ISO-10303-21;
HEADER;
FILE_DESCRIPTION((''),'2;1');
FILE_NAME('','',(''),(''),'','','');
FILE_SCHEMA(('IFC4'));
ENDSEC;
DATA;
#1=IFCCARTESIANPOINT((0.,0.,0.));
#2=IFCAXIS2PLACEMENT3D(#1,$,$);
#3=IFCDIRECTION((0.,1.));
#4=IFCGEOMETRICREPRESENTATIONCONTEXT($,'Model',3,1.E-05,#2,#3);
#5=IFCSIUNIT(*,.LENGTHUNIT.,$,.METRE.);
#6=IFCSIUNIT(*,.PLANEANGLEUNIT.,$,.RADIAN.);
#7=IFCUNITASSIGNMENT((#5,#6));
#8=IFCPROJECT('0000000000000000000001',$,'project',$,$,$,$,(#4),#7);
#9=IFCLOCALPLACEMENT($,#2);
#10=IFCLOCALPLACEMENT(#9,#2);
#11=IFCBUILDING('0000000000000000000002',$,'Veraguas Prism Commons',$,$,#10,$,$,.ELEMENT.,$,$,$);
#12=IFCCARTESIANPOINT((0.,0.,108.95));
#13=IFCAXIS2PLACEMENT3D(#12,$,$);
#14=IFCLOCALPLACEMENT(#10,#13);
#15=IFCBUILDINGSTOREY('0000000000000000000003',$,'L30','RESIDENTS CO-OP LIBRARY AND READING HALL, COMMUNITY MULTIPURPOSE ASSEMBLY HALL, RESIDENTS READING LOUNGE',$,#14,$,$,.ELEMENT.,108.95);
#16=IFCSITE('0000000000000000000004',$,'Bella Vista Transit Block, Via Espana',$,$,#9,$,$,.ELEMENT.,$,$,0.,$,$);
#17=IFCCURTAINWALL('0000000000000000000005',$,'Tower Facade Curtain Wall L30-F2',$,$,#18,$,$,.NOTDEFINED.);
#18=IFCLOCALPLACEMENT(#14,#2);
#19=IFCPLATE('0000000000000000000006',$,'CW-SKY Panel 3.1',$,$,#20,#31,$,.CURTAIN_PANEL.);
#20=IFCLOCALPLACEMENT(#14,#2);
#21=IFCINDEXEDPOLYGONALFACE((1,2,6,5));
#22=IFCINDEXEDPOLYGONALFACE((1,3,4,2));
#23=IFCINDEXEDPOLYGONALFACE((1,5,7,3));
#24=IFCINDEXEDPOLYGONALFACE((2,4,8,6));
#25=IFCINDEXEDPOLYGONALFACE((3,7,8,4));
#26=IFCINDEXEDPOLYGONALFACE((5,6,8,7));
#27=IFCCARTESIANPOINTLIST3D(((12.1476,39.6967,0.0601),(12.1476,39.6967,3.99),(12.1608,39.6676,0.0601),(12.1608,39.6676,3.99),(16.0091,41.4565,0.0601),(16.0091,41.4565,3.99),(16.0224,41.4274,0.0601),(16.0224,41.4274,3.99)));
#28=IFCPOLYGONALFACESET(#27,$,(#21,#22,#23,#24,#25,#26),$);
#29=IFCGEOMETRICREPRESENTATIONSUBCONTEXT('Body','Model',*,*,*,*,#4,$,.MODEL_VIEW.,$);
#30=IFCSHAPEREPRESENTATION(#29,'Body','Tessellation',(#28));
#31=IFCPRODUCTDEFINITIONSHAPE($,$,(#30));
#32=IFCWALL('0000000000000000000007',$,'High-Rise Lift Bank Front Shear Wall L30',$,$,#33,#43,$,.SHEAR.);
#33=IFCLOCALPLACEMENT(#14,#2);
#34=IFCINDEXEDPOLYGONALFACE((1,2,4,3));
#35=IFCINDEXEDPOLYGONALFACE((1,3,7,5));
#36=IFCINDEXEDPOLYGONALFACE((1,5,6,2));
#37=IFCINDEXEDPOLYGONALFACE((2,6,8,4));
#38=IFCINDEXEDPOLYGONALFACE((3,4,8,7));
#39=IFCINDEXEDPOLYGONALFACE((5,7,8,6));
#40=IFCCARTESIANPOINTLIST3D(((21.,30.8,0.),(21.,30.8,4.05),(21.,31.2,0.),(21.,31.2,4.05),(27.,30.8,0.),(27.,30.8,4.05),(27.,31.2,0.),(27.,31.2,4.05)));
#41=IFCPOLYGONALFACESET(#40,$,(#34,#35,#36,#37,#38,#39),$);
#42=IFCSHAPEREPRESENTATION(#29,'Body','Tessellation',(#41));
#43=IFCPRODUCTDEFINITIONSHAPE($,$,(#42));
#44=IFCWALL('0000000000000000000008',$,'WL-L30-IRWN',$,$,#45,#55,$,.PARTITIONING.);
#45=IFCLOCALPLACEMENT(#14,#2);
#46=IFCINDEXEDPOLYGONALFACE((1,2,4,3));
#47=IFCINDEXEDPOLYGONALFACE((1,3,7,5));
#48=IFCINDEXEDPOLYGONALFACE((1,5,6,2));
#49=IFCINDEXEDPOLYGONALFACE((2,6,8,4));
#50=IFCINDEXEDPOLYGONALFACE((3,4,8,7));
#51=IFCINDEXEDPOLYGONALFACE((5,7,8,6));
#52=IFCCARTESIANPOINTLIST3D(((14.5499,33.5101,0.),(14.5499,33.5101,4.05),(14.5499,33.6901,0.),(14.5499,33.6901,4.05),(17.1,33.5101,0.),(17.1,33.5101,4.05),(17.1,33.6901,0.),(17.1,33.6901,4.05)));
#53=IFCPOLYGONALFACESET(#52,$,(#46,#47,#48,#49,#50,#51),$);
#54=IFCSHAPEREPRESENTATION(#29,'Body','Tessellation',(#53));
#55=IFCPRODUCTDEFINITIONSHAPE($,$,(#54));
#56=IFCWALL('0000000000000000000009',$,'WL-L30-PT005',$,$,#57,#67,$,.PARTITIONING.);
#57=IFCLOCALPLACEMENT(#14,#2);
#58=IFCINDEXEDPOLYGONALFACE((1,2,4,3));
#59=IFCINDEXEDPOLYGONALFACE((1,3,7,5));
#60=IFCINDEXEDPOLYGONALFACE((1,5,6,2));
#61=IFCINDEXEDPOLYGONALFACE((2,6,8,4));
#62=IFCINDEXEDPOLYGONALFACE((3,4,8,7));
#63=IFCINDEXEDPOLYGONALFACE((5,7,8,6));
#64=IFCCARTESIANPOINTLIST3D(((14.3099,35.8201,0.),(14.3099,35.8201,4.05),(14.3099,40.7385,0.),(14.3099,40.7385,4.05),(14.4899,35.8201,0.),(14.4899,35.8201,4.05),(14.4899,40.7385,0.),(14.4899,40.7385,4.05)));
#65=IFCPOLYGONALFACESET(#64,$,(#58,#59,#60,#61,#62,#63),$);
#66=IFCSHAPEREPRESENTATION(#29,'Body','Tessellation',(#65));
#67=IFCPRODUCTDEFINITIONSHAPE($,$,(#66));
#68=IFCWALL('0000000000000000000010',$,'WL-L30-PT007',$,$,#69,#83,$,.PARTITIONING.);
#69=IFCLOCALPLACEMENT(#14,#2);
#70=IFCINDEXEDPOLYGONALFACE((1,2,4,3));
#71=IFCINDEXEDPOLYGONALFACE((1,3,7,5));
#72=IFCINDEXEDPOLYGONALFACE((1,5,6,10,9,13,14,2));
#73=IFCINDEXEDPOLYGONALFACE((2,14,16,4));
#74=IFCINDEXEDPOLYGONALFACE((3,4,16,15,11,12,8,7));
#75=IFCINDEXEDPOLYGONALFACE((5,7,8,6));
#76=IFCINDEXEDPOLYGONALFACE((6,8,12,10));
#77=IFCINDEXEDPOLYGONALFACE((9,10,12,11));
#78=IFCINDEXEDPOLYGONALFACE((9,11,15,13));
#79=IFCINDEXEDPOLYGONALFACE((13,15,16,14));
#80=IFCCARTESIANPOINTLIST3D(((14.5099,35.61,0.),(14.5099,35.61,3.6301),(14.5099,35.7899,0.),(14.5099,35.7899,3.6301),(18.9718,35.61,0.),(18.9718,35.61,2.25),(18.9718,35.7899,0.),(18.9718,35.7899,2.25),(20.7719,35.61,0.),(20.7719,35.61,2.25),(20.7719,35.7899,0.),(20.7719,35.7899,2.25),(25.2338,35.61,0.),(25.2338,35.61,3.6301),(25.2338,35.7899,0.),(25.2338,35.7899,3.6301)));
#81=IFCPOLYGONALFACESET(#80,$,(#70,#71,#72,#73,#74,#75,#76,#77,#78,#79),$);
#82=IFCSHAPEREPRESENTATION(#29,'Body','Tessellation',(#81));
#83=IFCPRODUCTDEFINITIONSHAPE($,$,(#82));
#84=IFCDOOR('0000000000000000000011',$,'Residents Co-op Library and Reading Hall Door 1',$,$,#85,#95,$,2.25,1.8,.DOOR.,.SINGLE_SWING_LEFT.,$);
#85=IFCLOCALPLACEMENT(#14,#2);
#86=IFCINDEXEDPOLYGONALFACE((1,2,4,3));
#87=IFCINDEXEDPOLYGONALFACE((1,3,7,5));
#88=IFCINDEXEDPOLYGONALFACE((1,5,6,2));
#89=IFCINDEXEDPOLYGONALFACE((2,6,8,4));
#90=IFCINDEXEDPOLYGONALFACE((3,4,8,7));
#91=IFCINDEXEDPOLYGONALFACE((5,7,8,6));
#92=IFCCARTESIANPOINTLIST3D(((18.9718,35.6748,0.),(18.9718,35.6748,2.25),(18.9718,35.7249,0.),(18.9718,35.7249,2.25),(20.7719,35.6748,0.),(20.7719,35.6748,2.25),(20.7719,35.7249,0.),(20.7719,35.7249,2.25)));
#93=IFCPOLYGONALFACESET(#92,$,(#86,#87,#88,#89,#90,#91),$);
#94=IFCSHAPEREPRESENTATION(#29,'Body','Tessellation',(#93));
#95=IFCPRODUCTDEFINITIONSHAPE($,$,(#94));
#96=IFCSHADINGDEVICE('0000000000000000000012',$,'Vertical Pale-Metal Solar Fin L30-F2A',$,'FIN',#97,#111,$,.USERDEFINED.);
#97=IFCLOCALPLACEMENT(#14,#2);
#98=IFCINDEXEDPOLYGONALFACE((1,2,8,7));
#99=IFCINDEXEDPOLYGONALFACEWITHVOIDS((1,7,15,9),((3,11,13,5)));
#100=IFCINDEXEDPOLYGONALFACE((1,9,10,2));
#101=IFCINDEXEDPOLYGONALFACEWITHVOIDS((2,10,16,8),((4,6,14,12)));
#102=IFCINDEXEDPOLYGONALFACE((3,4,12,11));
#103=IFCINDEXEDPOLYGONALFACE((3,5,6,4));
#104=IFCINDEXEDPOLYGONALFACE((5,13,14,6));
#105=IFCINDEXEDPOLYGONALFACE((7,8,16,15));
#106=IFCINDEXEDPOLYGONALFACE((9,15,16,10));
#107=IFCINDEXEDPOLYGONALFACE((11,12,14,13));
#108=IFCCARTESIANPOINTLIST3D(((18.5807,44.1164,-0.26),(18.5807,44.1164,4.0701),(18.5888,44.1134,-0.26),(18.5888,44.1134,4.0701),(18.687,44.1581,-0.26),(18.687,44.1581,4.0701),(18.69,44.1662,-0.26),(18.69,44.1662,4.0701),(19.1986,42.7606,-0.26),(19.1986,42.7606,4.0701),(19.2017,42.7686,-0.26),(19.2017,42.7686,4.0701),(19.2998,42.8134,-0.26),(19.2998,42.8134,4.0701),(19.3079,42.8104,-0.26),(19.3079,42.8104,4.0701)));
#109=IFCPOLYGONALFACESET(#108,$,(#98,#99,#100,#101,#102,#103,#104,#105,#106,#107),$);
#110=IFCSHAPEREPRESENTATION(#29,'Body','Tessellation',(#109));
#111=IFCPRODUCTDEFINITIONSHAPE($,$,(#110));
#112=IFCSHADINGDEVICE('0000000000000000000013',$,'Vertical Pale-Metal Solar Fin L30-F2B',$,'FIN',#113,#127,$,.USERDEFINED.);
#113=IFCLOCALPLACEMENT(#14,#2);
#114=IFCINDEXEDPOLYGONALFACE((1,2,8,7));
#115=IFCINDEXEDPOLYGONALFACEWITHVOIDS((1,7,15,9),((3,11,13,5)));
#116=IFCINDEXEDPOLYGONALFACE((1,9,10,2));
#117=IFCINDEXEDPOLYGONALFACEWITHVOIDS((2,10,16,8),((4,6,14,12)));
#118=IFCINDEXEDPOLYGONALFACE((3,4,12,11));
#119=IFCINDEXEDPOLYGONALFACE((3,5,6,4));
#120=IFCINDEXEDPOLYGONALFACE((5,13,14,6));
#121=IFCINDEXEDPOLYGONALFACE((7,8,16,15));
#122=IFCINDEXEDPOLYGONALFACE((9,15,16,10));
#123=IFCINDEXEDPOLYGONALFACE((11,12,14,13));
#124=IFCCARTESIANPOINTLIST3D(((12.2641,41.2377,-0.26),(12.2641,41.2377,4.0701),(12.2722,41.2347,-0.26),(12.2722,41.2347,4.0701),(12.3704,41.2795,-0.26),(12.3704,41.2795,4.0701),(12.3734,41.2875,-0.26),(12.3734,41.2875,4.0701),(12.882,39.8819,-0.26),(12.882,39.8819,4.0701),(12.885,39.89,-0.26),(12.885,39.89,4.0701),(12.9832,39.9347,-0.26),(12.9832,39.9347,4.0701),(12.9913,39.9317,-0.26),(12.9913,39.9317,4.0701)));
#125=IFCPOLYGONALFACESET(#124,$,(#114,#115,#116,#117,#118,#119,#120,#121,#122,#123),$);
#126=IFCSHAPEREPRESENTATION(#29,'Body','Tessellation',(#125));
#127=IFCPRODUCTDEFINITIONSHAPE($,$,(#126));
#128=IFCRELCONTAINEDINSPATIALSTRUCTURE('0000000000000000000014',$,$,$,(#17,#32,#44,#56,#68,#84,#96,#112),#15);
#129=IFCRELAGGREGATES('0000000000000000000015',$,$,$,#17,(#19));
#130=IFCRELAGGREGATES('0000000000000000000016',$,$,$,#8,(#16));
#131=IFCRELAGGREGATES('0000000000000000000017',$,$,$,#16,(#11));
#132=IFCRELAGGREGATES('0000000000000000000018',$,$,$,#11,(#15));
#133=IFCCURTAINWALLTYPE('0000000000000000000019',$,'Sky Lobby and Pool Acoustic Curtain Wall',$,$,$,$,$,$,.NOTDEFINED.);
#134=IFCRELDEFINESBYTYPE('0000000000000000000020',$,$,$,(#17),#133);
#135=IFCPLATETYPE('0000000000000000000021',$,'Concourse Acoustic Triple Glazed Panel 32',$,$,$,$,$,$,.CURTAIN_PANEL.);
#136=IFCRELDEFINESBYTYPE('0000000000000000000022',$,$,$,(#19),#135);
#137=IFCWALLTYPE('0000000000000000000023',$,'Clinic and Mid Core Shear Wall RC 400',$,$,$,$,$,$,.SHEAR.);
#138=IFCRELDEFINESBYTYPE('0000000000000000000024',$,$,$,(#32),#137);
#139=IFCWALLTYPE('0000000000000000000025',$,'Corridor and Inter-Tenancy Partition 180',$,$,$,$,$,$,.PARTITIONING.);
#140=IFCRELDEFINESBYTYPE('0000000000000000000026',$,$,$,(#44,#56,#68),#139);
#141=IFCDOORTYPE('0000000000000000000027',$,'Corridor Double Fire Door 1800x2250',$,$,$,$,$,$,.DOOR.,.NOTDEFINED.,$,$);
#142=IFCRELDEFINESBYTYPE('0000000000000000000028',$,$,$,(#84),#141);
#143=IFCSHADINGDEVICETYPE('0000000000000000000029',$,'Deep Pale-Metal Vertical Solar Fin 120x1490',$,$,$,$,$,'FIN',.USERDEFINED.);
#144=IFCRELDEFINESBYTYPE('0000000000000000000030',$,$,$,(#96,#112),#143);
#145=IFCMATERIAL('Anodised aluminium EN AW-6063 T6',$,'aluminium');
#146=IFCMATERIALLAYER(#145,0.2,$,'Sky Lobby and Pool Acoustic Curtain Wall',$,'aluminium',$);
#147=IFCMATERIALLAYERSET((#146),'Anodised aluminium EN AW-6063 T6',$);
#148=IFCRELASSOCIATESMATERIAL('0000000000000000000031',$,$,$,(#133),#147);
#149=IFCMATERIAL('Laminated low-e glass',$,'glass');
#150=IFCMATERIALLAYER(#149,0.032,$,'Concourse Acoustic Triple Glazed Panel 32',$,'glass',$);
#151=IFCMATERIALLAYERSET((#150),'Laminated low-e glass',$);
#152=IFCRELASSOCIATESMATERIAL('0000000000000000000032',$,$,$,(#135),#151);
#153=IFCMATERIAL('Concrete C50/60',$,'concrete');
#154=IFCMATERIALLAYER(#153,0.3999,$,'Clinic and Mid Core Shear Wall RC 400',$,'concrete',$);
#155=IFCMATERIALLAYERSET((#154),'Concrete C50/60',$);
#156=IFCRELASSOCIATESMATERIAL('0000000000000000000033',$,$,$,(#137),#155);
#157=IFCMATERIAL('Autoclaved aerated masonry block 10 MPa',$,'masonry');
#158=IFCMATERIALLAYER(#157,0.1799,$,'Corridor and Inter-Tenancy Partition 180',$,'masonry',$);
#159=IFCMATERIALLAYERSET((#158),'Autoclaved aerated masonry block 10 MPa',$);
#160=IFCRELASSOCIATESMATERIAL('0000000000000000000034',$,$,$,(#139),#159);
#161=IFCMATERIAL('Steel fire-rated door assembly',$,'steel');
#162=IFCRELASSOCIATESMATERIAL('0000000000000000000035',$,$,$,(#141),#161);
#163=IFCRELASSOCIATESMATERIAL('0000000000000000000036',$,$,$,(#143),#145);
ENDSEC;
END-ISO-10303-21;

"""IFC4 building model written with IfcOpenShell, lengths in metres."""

from ifc_helpers import new_model, si_unit, direction, frame, frame_2d, origin, origin_2d, place, context, subcontext, project, spatial, rectangle, hollow_rectangle, extrude, source, transform, mapped, material, layer, layer_set, material_profile, profile_set, type_object, element, fill, aggregate, save


model = new_model("IFC4")

# Units and contexts
model_context = context("Model", 3, precision=1e-05, world=origin(), true_north=direction((0.0, 1.0)))
body_context = subcontext(model_context, "Body", "Model", "MODEL_VIEW")
ifc_project = project(units=[si_unit("LENGTHUNIT", "METRE"), si_unit("PLANEANGLEUNIT", "RADIAN")], contexts=[model_context])

# Site, building, storey
site_placement = place(None, origin())
site = spatial("IfcSite", under=ifc_project, at=site_placement, Name="Bella Vista Transit Block, Via Espana", CompositionType="ELEMENT", RefElevation=0.0)
building_placement = place(site_placement, origin())
building = spatial("IfcBuilding", under=site, at=building_placement, Name="Veraguas Prism Commons", CompositionType="ELEMENT")
storey_placement = place(building_placement, frame((0.0, 0.0, 108.95)))
storey = spatial("IfcBuildingStorey", under=building, at=storey_placement, Name="L30", Description="RESIDENTS CO-OP LIBRARY AND READING HALL, COMMUNITY MULTIPURPOSE ASSEMBLY HALL, RESIDENTS READING LOUNGE", CompositionType="ELEMENT", Elevation=108.95)

# Shared definitions
ifc_material_1 = material(Name="Concrete C50/60", Category="concrete")

# Curtain wall, plate
ifc_material_2 = material(Name="Anodised aluminium EN AW-6063 T6", Category="aluminium")
ifc_layer_1 = layer(ifc_material_2, 0.2, Name="Sky Lobby and Pool Acoustic Curtain Wall", Category="aluminium")
ifc_layer_set_1 = layer_set([ifc_layer_1], Name="Anodised aluminium EN AW-6063 T6")
curtain_wall_type = type_object("IfcCurtainWallType", Name="Sky Lobby and Pool Acoustic Curtain Wall", PredefinedType="NOTDEFINED", material=ifc_layer_set_1)
curtain_wall_placement = place(storey_placement, origin())
curtain_wall = element("IfcCurtainWall", 1, at=curtain_wall_placement, inside=storey, type_object=curtain_wall_type, Name="Tower Facade Curtain Wall L30-F2", PredefinedType="NOTDEFINED")
ifc_material_3 = material(Name="Laminated low-e glass", Category="glass")
ifc_layer_2 = layer(ifc_material_3, 0.032, Name="Concourse Acoustic Triple Glazed Panel 32", Category="glass")
ifc_layer_set_2 = layer_set([ifc_layer_2], Name="Laminated low-e glass")
plate_type = type_object("IfcPlateType", Name="Concourse Acoustic Triple Glazed Panel 32", PredefinedType="CURTAIN_PANEL", material=ifc_layer_set_2)
shared_shape_1 = source(origin(), body_context, "Body", "SweptSolid", [
    extrude(rectangle(XDim=4.2437, YDim=0.032, at=origin_2d()), origin(), (0.0, 0.0, 1.0), 3.9299),
])
plate_1_placement = place(storey_placement, frame((14.085, 40.562, 0.0601), z_axis=(0.0, 0.0, 1.0), x_axis=(-0.909961, -0.414695, 0.0)))
plate_1 = element("IfcPlate", 2, at=plate_1_placement, type_object=plate_type, Name="CW-SKY Panel 3.1", PredefinedType="CURTAIN_PANEL", context=body_context, shape_type="MappedRepresentation", body=[
    mapped(shared_shape_1, transform((0.0, 0.0, 0.0), scale=1.0)),
])
aggregate(curtain_wall, [plate_1])

# Walls
ifc_layer_3 = layer(ifc_material_1, 0.3999, Name="Clinic and Mid Core Shear Wall RC 400", Category="concrete")
ifc_layer_set_3 = layer_set([ifc_layer_3], Name="Concrete C50/60")
wall_type_1 = type_object("IfcWallType", Name="Clinic and Mid Core Shear Wall RC 400", PredefinedType="SHEAR", material=ifc_layer_set_3)
wall_1_placement = place(storey_placement, frame((21.0, 31.0, 0.0), z_axis=(0.0, 0.0, 1.0), x_axis=(1.0, 0.0, 0.0)))
element("IfcWall", 3, at=wall_1_placement, inside=storey, type_object=wall_type_1, Name="High-Rise Lift Bank Front Shear Wall L30", PredefinedType="SHEAR", context=body_context, shape_type="SweptSolid", body=[
    extrude(rectangle(XDim=6.0, YDim=0.3999, at=frame_2d((3.0, 0.0))), origin(), (0.0, 0.0, 1.0), 4.05),
])
ifc_material_4 = material(Name="Autoclaved aerated masonry block 10 MPa", Category="masonry")
ifc_layer_4 = layer(ifc_material_4, 0.1799, Name="Corridor and Inter-Tenancy Partition 180", Category="masonry")
ifc_layer_set_4 = layer_set([ifc_layer_4], Name="Autoclaved aerated masonry block 10 MPa")
wall_type_2 = type_object("IfcWallType", Name="Corridor and Inter-Tenancy Partition 180", PredefinedType="PARTITIONING", material=ifc_layer_set_4)
wall_2_placement = place(storey_placement, frame((14.55, 33.6001, 0.0), z_axis=(0.0, 0.0, 1.0), x_axis=(1.0, 0.0, 0.0)))
element("IfcWall", 4, at=wall_2_placement, inside=storey, type_object=wall_type_2, Name="WL-L30-IRWN", PredefinedType="PARTITIONING", context=body_context, shape_type="SweptSolid", body=[
    extrude(rectangle(XDim=2.55, YDim=0.1799, at=frame_2d((1.2749, 0.0))), origin(), (0.0, 0.0, 1.0), 4.05),
])
wall_3_placement = place(storey_placement, frame((14.3999, 35.8201, 0.0), z_axis=(0.0, 0.0, 1.0), x_axis=(0.0, 1.0, 0.0)))
element("IfcWall", 5, at=wall_3_placement, inside=storey, type_object=wall_type_2, Name="WL-L30-PT005", PredefinedType="PARTITIONING", context=body_context, shape_type="SweptSolid", body=[
    extrude(rectangle(XDim=4.9185, YDim=0.1799, at=frame_2d((2.4592, 0.0))), origin(), (0.0, 0.0, 1.0), 4.05),
])

# Wall, opening, door
wall_4_placement = place(storey_placement, frame((14.51, 35.7, 0.0), z_axis=(0.0, 0.0, 1.0), x_axis=(1.0, 0.0, 0.0)))
wall_4 = element("IfcWall", 6, at=wall_4_placement, inside=storey, type_object=wall_type_2, Name="WL-L30-PT007", PredefinedType="PARTITIONING", context=body_context, shape_type="SweptSolid", body=[
    extrude(rectangle(XDim=10.7239, YDim=0.1799, at=frame_2d((5.3618, 0.0))), origin(), (0.0, 0.0, 1.0), 3.6301),
])
opening_placement = place(wall_4_placement, frame((4.4619, 0.0, 0.0)))
opening = element("IfcOpeningElement", 7, at=opening_placement, cuts=wall_4, PredefinedType="OPENING", context=body_context, shape_type="SweptSolid", body=[
    extrude(rectangle(XDim=1.8, YDim=2.25, at=frame_2d((0.8999, 1.125))), frame((0.0, 0.0999, 0.0), z_axis=(0.0, -1.0, 0.0), x_axis=(1.0, 0.0, 0.0)), (0.0, 0.0, 1.0), 0.2),
])
ifc_material_5 = material(Name="Steel fire-rated door assembly", Category="steel")
door_type = type_object("IfcDoorType", Name="Corridor Double Fire Door 1800x2250", OperationType="NOTDEFINED", PredefinedType="DOOR", material=ifc_material_5)
shared_shape_2 = source(origin(), body_context, "Body", "SweptSolid", [
    extrude(rectangle(XDim=1.8, YDim=2.25, at=frame_2d((0.8999, 1.125))), frame((0.0, 0.0249, 0.0), z_axis=(0.0, -1.0, 0.0), x_axis=(1.0, 0.0, 0.0)), (0.0, 0.0, 1.0), 0.05),
])
door_placement = place(opening_placement, origin())
door = element("IfcDoor", 8, at=door_placement, inside=storey, type_object=door_type, Name="Residents Co-op Library and Reading Hall Door 1", OperationType="SINGLE_SWING_LEFT", OverallHeight=2.25, OverallWidth=1.8, PredefinedType="DOOR", context=body_context, shape_type="MappedRepresentation", body=[
    mapped(shared_shape_2, transform((0.0, 0.0, 0.0), scale=1.0)),
])
fill(opening, door)

# Shading devices
ifc_material_profile_1 = material_profile(ifc_material_2, hollow_rectangle(XDim=0.1201, YDim=1.49, WallThickness=0.0061, at=origin_2d()), Name="FIN120X1490X6")
ifc_profile_set_1 = profile_set([ifc_material_profile_1], Name="Anodised aluminium EN AW-6063 T6")
shading_device_type = type_object("IfcShadingDeviceType", Name="Deep Pale-Metal Vertical Solar Fin 120x1490", ElementType="FIN", PredefinedType="USERDEFINED", material=ifc_profile_set_1)
for number, where, z_axis, x_axis, name in (
    (9, (18.9443, 43.4634, -0.26), (0.0, 0.0, 1.0), (-0.90996, -0.414696, 0.0), "Vertical Pale-Metal Solar Fin L30-F2A"),
    (10, (12.6277, 40.5847, -0.26), (0.0, 0.0, 1.0), (-0.90996, -0.414696, 0.0), "Vertical Pale-Metal Solar Fin L30-F2B"),
):
    element("IfcShadingDevice", number, at=place(storey_placement, frame(where, z_axis=z_axis, x_axis=x_axis)), inside=storey, type_object=shading_device_type, Name=name, ObjectType="FIN", PredefinedType="USERDEFINED", context=body_context, shape_type="SweptSolid", body=[
        extrude(hollow_rectangle(XDim=0.1201, YDim=1.49, WallThickness=0.0061, at=origin_2d()), origin(), (0.0, 0.0, 1.0), 4.3301),
    ])

save(model, "model.ifc")
